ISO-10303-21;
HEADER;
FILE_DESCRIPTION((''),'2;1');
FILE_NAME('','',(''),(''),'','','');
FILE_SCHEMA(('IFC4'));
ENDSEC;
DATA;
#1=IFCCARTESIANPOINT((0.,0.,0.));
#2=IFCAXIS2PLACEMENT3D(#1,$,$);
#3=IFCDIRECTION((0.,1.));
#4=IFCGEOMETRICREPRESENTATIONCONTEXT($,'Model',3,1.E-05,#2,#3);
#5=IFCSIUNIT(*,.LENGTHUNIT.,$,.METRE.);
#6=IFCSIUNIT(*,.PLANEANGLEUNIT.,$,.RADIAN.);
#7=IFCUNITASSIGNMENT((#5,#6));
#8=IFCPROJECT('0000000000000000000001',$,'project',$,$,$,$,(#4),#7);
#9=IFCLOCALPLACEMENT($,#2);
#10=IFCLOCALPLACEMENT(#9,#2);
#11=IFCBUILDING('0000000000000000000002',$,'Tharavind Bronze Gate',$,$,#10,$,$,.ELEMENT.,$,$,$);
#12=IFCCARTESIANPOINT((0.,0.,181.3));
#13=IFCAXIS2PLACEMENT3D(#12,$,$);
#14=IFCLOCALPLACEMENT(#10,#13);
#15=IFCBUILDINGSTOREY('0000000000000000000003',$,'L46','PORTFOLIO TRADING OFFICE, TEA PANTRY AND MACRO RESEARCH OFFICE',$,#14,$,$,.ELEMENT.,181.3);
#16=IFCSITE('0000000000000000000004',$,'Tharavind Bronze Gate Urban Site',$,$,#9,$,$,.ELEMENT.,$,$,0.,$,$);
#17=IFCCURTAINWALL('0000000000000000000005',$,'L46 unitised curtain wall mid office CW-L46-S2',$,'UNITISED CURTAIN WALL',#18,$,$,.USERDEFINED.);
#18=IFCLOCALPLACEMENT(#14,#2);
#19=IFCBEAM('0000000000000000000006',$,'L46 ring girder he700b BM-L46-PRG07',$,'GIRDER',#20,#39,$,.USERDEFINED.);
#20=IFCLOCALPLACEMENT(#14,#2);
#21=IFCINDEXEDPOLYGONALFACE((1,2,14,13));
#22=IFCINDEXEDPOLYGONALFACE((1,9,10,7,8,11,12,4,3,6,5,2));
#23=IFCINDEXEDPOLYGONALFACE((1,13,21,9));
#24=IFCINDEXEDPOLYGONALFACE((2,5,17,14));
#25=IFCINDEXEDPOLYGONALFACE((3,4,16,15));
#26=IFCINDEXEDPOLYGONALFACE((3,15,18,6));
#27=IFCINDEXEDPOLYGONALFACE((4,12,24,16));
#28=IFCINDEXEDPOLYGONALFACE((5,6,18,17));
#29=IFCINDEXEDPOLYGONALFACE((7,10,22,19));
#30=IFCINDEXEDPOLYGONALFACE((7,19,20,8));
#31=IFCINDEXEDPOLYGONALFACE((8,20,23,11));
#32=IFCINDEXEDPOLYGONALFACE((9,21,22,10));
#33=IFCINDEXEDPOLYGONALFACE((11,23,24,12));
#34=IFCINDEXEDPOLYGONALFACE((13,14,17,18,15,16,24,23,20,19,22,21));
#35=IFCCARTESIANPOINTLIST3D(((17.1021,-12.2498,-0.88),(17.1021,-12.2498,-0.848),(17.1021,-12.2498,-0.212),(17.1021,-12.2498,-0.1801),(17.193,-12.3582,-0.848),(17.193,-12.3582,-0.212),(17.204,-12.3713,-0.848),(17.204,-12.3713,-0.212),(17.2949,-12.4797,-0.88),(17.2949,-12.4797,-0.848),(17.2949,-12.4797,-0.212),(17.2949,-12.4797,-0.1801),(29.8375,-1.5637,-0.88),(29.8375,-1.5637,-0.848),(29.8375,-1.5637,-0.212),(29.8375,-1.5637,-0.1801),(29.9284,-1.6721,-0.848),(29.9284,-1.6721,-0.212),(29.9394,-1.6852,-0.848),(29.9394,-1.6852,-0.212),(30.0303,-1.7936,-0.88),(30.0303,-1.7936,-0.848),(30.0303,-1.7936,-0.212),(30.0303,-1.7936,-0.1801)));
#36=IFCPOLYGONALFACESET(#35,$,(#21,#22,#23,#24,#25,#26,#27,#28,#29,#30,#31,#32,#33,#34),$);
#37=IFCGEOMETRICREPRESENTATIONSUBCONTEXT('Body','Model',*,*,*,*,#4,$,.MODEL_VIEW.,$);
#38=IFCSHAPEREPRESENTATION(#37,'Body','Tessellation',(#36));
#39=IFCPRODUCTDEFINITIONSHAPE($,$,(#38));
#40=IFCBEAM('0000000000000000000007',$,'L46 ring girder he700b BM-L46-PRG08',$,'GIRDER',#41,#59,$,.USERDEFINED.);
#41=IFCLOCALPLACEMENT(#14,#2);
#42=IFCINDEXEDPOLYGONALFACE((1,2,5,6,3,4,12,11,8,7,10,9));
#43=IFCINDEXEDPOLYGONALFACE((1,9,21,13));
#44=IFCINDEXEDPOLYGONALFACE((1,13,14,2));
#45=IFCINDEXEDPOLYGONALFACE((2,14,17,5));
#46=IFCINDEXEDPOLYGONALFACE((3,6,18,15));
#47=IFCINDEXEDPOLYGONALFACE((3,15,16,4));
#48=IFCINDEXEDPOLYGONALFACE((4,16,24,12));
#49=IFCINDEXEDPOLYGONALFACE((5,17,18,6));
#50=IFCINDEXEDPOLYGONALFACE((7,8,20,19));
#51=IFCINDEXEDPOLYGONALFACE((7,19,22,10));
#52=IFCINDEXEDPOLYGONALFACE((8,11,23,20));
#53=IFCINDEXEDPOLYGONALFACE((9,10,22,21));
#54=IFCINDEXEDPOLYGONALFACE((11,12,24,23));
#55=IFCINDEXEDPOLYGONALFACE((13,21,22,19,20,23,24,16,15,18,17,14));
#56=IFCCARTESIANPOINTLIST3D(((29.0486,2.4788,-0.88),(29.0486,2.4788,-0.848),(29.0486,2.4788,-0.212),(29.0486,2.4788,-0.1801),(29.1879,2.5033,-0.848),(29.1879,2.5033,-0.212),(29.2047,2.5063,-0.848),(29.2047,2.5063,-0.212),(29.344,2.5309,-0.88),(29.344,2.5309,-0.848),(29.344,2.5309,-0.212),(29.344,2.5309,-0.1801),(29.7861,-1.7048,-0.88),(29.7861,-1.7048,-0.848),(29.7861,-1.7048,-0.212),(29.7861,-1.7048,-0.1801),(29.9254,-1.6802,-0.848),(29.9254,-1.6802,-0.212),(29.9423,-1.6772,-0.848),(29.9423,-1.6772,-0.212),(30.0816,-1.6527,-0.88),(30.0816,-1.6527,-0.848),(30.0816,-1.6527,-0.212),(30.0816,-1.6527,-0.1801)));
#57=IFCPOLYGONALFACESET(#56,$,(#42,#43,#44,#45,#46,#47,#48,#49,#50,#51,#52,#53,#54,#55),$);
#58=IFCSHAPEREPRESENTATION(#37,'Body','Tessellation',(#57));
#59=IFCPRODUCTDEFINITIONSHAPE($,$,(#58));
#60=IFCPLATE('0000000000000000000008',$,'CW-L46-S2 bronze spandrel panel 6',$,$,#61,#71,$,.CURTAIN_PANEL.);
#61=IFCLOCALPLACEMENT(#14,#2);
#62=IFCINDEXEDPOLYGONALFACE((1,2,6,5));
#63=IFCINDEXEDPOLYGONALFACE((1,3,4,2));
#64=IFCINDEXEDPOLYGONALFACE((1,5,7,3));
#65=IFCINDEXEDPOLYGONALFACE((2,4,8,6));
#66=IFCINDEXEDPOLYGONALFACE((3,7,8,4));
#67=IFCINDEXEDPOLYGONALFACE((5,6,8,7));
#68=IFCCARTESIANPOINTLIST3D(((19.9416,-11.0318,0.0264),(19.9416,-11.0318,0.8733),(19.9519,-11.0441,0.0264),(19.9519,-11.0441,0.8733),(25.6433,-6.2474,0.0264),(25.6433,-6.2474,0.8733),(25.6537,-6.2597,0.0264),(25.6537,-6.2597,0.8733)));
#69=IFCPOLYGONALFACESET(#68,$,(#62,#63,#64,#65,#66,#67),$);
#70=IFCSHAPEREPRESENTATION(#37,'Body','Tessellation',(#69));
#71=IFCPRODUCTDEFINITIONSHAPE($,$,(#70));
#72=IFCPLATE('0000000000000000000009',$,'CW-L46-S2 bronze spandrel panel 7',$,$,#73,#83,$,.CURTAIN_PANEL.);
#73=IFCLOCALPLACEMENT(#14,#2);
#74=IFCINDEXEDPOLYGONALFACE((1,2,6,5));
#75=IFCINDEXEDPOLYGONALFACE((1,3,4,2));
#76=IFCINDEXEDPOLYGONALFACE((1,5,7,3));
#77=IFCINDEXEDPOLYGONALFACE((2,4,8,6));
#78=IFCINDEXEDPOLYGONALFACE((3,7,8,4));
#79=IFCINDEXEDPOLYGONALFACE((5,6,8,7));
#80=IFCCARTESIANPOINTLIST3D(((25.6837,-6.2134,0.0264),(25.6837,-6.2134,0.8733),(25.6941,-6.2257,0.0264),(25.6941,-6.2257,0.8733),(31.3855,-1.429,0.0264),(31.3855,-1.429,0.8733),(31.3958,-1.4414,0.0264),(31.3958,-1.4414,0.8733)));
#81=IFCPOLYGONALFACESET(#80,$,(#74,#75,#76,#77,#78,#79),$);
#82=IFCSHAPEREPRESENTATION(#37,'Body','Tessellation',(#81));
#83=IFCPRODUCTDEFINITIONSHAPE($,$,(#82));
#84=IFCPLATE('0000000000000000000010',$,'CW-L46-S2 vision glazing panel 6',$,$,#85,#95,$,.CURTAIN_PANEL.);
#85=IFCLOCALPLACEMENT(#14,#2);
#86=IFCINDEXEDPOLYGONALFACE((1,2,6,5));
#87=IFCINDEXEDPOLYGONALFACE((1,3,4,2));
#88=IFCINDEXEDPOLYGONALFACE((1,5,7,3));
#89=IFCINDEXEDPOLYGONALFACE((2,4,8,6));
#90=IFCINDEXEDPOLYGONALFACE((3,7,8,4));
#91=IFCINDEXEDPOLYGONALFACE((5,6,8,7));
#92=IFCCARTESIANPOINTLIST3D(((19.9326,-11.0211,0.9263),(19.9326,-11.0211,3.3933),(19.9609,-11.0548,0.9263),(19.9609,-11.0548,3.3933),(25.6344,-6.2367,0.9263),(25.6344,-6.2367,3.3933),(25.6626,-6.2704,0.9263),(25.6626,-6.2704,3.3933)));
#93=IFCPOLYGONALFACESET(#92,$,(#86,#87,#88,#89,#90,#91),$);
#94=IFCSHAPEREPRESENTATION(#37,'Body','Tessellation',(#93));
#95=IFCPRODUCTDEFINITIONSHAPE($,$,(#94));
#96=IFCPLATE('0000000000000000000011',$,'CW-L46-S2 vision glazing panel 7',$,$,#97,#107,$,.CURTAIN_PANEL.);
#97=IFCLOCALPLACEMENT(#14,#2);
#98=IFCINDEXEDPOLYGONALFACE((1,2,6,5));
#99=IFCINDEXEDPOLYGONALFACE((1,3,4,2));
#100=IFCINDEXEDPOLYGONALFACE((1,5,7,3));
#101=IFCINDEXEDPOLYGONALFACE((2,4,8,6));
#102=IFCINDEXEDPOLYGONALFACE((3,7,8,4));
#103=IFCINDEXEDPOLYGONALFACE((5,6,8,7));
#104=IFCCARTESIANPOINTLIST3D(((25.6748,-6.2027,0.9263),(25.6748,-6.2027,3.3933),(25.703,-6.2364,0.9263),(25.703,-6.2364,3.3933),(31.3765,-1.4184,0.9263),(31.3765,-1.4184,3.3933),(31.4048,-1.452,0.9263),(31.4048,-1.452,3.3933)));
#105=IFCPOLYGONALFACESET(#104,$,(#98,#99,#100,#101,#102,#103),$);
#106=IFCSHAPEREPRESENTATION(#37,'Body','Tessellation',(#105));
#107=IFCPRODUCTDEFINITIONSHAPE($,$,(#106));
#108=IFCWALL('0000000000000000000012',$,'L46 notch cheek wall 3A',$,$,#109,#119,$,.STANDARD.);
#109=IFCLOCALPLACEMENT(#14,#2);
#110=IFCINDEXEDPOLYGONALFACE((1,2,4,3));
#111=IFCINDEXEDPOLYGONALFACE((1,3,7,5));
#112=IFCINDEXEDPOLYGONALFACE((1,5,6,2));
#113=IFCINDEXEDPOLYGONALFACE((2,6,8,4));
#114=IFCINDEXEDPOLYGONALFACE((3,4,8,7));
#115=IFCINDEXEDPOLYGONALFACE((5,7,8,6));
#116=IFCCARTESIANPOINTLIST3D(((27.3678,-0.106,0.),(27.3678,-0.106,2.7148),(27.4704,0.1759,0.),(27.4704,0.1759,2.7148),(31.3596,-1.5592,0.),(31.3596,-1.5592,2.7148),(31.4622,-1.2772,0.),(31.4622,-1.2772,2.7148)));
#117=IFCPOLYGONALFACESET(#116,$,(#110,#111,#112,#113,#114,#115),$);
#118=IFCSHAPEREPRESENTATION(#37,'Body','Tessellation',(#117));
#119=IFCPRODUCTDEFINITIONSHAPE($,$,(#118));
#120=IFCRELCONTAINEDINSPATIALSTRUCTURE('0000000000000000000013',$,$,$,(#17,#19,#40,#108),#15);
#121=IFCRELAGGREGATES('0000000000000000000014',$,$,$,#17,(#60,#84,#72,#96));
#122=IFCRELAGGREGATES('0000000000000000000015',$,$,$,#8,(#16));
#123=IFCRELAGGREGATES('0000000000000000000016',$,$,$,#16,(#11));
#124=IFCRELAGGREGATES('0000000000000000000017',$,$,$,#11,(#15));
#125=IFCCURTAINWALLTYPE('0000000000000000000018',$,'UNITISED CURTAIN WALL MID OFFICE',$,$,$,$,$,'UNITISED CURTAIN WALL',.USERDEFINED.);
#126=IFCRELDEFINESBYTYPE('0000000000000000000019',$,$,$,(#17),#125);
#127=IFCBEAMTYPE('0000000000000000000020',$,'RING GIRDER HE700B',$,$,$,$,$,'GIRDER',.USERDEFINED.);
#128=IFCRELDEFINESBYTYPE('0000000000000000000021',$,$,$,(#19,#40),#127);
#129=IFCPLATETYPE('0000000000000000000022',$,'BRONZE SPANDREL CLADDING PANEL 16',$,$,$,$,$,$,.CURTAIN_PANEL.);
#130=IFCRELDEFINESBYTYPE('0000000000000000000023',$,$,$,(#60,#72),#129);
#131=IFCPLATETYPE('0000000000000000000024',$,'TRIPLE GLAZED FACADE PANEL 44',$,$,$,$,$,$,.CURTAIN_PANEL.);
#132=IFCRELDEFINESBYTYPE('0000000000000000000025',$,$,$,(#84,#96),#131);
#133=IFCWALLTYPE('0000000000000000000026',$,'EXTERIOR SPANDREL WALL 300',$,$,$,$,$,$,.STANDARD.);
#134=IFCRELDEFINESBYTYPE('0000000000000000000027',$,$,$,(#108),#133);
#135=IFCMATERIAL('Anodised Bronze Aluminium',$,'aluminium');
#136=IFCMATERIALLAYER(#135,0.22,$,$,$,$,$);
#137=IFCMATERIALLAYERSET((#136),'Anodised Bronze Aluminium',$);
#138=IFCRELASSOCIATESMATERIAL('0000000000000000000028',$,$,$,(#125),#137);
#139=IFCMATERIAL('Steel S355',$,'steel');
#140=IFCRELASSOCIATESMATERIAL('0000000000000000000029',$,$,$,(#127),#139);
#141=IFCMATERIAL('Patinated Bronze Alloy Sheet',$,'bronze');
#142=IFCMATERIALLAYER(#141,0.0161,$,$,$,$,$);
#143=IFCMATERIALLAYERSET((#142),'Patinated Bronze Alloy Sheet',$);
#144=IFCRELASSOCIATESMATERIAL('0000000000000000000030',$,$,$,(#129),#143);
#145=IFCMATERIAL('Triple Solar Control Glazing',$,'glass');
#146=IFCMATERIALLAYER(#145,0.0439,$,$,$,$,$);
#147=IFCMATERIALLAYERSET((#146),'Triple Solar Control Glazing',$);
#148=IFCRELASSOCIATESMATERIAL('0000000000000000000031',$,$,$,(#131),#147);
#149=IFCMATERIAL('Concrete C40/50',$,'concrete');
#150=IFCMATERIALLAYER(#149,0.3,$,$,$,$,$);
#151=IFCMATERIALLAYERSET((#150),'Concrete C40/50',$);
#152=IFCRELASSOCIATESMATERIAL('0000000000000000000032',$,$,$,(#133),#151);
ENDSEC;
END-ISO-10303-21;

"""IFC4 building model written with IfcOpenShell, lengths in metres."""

from ifc_helpers import new_model, si_unit, direction, frame, frame_2d, origin, origin_2d, place, context, subcontext, project, spatial, rectangle, i_section, extrude, material, layer, layer_set, material_profile, profile_set, type_object, element, aggregate, save


model = new_model("IFC4")

# Units and contexts
model_context = context("Model", 3, precision=1e-05, world=origin(), true_north=direction((0.0, 1.0)))
body_context = subcontext(model_context, "Body", "Model", "MODEL_VIEW")
ifc_project = project(units=[si_unit("LENGTHUNIT", "METRE"), si_unit("PLANEANGLEUNIT", "RADIAN")], contexts=[model_context])

# Site, building, storey
site_placement = place(None, origin())
site = spatial("IfcSite", under=ifc_project, at=site_placement, Name="Tharavind Bronze Gate Urban Site", CompositionType="ELEMENT", RefElevation=0.0)
building_placement = place(site_placement, origin())
building = spatial("IfcBuilding", under=site, at=building_placement, Name="Tharavind Bronze Gate", CompositionType="ELEMENT")
storey_placement = place(building_placement, frame((0.0, 0.0, 181.3)))
storey = spatial("IfcBuildingStorey", under=building, at=storey_placement, Name="L46", Description="PORTFOLIO TRADING OFFICE, TEA PANTRY AND MACRO RESEARCH OFFICE", CompositionType="ELEMENT", Elevation=181.3)

# Curtain wall
ifc_material_1 = material(Name="Anodised Bronze Aluminium", Category="aluminium")
ifc_layer_1 = layer(ifc_material_1, 0.22)
ifc_layer_set_1 = layer_set([ifc_layer_1], Name="Anodised Bronze Aluminium")
curtain_wall_type = type_object("IfcCurtainWallType", Name="UNITISED CURTAIN WALL MID OFFICE", ElementType="UNITISED CURTAIN WALL", PredefinedType="USERDEFINED", material=ifc_layer_set_1)
curtain_wall_placement = place(storey_placement, origin())
curtain_wall = element("IfcCurtainWall", 1, at=curtain_wall_placement, inside=storey, type_object=curtain_wall_type, Name="L46 unitised curtain wall mid office CW-L46-S2", ObjectType="UNITISED CURTAIN WALL", PredefinedType="USERDEFINED")

# Beams
ifc_material_2 = material(Name="Steel S355", Category="steel")
ifc_material_profile_1 = material_profile(ifc_material_2, i_section(OverallWidth=0.3, OverallDepth=0.7, WebThickness=0.0171, FlangeThickness=0.032, at=origin_2d()), Name="HE700B")
ifc_profile_set_1 = profile_set([ifc_material_profile_1], Name="Steel S355")
beam_type_1 = type_object("IfcBeamType", Name="RING GIRDER HE700B", ElementType="GIRDER", PredefinedType="USERDEFINED", material=ifc_profile_set_1)
beam_1_placement = place(storey_placement, frame((17.1985, -12.3647, -0.53), z_axis=(0.76605, 0.642781, 0.0), x_axis=(-0.642781, 0.76605, 0.0)))
element("IfcBeam", 2, at=beam_1_placement, inside=storey, type_object=beam_type_1, Name="L46 ring girder he700b BM-L46-PRG07", ObjectType="GIRDER", PredefinedType="USERDEFINED", context=body_context, shape_type="SweptSolid", body=[
    extrude(i_section(OverallWidth=0.3, OverallDepth=0.7, WebThickness=0.0171, FlangeThickness=0.032, at=origin_2d()), origin(), (0.0, 0.0, 1.0), 16.6248),
])
beam_2_placement = place(storey_placement, frame((29.9338, -1.6787, -0.53), z_axis=(-0.173618, 0.984813, 0.0), x_axis=(-0.984813, -0.173618, 0.0)))
element("IfcBeam", 3, at=beam_2_placement, inside=storey, type_object=beam_type_1, Name="L46 ring girder he700b BM-L46-PRG08", ObjectType="GIRDER", PredefinedType="USERDEFINED", context=body_context, shape_type="SweptSolid", body=[
    extrude(i_section(OverallWidth=0.3, OverallDepth=0.7, WebThickness=0.0171, FlangeThickness=0.032, at=origin_2d()), origin(), (0.0, 0.0, 1.0), 4.248),
])

# Plates
ifc_material_3 = material(Name="Patinated Bronze Alloy Sheet", Category="bronze")
ifc_layer_2 = layer(ifc_material_3, 0.0161)
ifc_layer_set_2 = layer_set([ifc_layer_2], Name="Patinated Bronze Alloy Sheet")
plate_type_1 = type_object("IfcPlateType", Name="BRONZE SPANDREL CLADDING PANEL 16", PredefinedType="CURTAIN_PANEL", material=ifc_layer_set_2)
plate_1_placement = place(storey_placement, frame((22.7976, -8.6458, 0.0264), z_axis=(0.0, 0.0, 1.0), x_axis=(0.766043, 0.642789, 0.0)))
plate_1 = element("IfcPlate", 4, at=plate_1_placement, type_object=plate_type_1, Name="CW-L46-S2 bronze spandrel panel 6", PredefinedType="CURTAIN_PANEL", context=body_context, shape_type="SweptSolid", body=[
    extrude(rectangle(XDim=7.4431, YDim=0.0161, at=origin_2d()), origin(), (0.0, 0.0, 1.0), 0.8469),
])
plate_2_placement = place(storey_placement, frame((28.5398, -3.8274, 0.0264), z_axis=(0.0, 0.0, 1.0), x_axis=(0.766043, 0.642789, 0.0)))
plate_2 = element("IfcPlate", 5, at=plate_2_placement, type_object=plate_type_1, Name="CW-L46-S2 bronze spandrel panel 7", PredefinedType="CURTAIN_PANEL", context=body_context, shape_type="SweptSolid", body=[
    extrude(rectangle(XDim=7.4431, YDim=0.0161, at=origin_2d()), origin(), (0.0, 0.0, 1.0), 0.8469),
])
ifc_material_4 = material(Name="Triple Solar Control Glazing", Category="glass")
ifc_layer_3 = layer(ifc_material_4, 0.0439)
ifc_layer_set_3 = layer_set([ifc_layer_3], Name="Triple Solar Control Glazing")
plate_type_2 = type_object("IfcPlateType", Name="TRIPLE GLAZED FACADE PANEL 44", PredefinedType="CURTAIN_PANEL", material=ifc_layer_set_3)
plate_3_placement = place(storey_placement, frame((22.7976, -8.6458, 0.9263), z_axis=(0.0, 0.0, 1.0), x_axis=(0.766043, 0.642789, 0.0)))
plate_3 = element("IfcPlate", 6, at=plate_3_placement, type_object=plate_type_2, Name="CW-L46-S2 vision glazing panel 6", PredefinedType="CURTAIN_PANEL", context=body_context, shape_type="SweptSolid", body=[
    extrude(rectangle(XDim=7.4431, YDim=0.0439, at=origin_2d()), origin(), (0.0, 0.0, 1.0), 2.467),
])
plate_4_placement = place(storey_placement, frame((28.5398, -3.8274, 0.9263), z_axis=(0.0, 0.0, 1.0), x_axis=(0.766043, 0.642789, 0.0)))
plate_4 = element("IfcPlate", 7, at=plate_4_placement, type_object=plate_type_2, Name="CW-L46-S2 vision glazing panel 7", PredefinedType="CURTAIN_PANEL", context=body_context, shape_type="SweptSolid", body=[
    extrude(rectangle(XDim=7.4431, YDim=0.0439, at=origin_2d()), origin(), (0.0, 0.0, 1.0), 2.467),
])
aggregate(curtain_wall, [plate_1, plate_3, plate_2, plate_4])

# Wall
ifc_material_5 = material(Name="Concrete C40/50", Category="concrete")
ifc_layer_4 = layer(ifc_material_5, 0.3)
ifc_layer_set_4 = layer_set([ifc_layer_4], Name="Concrete C40/50")
wall_type_1 = type_object("IfcWallType", Name="EXTERIOR SPANDREL WALL 300", PredefinedType="STANDARD", material=ifc_layer_set_4)
wall_1_placement = place(storey_placement, frame((31.4109, -1.4182, 0.0), z_axis=(0.0, 0.0, 1.0), x_axis=(-0.939673, 0.342075, 0.0)))
element("IfcWall", 8, at=wall_1_placement, inside=storey, type_object=wall_type_1, Name="L46 notch cheek wall 3A", PredefinedType="STANDARD", context=body_context, shape_type="SweptSolid", body=[
    extrude(rectangle(XDim=4.248, YDim=0.3, at=frame_2d((2.124, 0.0))), origin(), (0.0, 0.0, 1.0), 2.7148),
])

save(model, "model.ifc")
